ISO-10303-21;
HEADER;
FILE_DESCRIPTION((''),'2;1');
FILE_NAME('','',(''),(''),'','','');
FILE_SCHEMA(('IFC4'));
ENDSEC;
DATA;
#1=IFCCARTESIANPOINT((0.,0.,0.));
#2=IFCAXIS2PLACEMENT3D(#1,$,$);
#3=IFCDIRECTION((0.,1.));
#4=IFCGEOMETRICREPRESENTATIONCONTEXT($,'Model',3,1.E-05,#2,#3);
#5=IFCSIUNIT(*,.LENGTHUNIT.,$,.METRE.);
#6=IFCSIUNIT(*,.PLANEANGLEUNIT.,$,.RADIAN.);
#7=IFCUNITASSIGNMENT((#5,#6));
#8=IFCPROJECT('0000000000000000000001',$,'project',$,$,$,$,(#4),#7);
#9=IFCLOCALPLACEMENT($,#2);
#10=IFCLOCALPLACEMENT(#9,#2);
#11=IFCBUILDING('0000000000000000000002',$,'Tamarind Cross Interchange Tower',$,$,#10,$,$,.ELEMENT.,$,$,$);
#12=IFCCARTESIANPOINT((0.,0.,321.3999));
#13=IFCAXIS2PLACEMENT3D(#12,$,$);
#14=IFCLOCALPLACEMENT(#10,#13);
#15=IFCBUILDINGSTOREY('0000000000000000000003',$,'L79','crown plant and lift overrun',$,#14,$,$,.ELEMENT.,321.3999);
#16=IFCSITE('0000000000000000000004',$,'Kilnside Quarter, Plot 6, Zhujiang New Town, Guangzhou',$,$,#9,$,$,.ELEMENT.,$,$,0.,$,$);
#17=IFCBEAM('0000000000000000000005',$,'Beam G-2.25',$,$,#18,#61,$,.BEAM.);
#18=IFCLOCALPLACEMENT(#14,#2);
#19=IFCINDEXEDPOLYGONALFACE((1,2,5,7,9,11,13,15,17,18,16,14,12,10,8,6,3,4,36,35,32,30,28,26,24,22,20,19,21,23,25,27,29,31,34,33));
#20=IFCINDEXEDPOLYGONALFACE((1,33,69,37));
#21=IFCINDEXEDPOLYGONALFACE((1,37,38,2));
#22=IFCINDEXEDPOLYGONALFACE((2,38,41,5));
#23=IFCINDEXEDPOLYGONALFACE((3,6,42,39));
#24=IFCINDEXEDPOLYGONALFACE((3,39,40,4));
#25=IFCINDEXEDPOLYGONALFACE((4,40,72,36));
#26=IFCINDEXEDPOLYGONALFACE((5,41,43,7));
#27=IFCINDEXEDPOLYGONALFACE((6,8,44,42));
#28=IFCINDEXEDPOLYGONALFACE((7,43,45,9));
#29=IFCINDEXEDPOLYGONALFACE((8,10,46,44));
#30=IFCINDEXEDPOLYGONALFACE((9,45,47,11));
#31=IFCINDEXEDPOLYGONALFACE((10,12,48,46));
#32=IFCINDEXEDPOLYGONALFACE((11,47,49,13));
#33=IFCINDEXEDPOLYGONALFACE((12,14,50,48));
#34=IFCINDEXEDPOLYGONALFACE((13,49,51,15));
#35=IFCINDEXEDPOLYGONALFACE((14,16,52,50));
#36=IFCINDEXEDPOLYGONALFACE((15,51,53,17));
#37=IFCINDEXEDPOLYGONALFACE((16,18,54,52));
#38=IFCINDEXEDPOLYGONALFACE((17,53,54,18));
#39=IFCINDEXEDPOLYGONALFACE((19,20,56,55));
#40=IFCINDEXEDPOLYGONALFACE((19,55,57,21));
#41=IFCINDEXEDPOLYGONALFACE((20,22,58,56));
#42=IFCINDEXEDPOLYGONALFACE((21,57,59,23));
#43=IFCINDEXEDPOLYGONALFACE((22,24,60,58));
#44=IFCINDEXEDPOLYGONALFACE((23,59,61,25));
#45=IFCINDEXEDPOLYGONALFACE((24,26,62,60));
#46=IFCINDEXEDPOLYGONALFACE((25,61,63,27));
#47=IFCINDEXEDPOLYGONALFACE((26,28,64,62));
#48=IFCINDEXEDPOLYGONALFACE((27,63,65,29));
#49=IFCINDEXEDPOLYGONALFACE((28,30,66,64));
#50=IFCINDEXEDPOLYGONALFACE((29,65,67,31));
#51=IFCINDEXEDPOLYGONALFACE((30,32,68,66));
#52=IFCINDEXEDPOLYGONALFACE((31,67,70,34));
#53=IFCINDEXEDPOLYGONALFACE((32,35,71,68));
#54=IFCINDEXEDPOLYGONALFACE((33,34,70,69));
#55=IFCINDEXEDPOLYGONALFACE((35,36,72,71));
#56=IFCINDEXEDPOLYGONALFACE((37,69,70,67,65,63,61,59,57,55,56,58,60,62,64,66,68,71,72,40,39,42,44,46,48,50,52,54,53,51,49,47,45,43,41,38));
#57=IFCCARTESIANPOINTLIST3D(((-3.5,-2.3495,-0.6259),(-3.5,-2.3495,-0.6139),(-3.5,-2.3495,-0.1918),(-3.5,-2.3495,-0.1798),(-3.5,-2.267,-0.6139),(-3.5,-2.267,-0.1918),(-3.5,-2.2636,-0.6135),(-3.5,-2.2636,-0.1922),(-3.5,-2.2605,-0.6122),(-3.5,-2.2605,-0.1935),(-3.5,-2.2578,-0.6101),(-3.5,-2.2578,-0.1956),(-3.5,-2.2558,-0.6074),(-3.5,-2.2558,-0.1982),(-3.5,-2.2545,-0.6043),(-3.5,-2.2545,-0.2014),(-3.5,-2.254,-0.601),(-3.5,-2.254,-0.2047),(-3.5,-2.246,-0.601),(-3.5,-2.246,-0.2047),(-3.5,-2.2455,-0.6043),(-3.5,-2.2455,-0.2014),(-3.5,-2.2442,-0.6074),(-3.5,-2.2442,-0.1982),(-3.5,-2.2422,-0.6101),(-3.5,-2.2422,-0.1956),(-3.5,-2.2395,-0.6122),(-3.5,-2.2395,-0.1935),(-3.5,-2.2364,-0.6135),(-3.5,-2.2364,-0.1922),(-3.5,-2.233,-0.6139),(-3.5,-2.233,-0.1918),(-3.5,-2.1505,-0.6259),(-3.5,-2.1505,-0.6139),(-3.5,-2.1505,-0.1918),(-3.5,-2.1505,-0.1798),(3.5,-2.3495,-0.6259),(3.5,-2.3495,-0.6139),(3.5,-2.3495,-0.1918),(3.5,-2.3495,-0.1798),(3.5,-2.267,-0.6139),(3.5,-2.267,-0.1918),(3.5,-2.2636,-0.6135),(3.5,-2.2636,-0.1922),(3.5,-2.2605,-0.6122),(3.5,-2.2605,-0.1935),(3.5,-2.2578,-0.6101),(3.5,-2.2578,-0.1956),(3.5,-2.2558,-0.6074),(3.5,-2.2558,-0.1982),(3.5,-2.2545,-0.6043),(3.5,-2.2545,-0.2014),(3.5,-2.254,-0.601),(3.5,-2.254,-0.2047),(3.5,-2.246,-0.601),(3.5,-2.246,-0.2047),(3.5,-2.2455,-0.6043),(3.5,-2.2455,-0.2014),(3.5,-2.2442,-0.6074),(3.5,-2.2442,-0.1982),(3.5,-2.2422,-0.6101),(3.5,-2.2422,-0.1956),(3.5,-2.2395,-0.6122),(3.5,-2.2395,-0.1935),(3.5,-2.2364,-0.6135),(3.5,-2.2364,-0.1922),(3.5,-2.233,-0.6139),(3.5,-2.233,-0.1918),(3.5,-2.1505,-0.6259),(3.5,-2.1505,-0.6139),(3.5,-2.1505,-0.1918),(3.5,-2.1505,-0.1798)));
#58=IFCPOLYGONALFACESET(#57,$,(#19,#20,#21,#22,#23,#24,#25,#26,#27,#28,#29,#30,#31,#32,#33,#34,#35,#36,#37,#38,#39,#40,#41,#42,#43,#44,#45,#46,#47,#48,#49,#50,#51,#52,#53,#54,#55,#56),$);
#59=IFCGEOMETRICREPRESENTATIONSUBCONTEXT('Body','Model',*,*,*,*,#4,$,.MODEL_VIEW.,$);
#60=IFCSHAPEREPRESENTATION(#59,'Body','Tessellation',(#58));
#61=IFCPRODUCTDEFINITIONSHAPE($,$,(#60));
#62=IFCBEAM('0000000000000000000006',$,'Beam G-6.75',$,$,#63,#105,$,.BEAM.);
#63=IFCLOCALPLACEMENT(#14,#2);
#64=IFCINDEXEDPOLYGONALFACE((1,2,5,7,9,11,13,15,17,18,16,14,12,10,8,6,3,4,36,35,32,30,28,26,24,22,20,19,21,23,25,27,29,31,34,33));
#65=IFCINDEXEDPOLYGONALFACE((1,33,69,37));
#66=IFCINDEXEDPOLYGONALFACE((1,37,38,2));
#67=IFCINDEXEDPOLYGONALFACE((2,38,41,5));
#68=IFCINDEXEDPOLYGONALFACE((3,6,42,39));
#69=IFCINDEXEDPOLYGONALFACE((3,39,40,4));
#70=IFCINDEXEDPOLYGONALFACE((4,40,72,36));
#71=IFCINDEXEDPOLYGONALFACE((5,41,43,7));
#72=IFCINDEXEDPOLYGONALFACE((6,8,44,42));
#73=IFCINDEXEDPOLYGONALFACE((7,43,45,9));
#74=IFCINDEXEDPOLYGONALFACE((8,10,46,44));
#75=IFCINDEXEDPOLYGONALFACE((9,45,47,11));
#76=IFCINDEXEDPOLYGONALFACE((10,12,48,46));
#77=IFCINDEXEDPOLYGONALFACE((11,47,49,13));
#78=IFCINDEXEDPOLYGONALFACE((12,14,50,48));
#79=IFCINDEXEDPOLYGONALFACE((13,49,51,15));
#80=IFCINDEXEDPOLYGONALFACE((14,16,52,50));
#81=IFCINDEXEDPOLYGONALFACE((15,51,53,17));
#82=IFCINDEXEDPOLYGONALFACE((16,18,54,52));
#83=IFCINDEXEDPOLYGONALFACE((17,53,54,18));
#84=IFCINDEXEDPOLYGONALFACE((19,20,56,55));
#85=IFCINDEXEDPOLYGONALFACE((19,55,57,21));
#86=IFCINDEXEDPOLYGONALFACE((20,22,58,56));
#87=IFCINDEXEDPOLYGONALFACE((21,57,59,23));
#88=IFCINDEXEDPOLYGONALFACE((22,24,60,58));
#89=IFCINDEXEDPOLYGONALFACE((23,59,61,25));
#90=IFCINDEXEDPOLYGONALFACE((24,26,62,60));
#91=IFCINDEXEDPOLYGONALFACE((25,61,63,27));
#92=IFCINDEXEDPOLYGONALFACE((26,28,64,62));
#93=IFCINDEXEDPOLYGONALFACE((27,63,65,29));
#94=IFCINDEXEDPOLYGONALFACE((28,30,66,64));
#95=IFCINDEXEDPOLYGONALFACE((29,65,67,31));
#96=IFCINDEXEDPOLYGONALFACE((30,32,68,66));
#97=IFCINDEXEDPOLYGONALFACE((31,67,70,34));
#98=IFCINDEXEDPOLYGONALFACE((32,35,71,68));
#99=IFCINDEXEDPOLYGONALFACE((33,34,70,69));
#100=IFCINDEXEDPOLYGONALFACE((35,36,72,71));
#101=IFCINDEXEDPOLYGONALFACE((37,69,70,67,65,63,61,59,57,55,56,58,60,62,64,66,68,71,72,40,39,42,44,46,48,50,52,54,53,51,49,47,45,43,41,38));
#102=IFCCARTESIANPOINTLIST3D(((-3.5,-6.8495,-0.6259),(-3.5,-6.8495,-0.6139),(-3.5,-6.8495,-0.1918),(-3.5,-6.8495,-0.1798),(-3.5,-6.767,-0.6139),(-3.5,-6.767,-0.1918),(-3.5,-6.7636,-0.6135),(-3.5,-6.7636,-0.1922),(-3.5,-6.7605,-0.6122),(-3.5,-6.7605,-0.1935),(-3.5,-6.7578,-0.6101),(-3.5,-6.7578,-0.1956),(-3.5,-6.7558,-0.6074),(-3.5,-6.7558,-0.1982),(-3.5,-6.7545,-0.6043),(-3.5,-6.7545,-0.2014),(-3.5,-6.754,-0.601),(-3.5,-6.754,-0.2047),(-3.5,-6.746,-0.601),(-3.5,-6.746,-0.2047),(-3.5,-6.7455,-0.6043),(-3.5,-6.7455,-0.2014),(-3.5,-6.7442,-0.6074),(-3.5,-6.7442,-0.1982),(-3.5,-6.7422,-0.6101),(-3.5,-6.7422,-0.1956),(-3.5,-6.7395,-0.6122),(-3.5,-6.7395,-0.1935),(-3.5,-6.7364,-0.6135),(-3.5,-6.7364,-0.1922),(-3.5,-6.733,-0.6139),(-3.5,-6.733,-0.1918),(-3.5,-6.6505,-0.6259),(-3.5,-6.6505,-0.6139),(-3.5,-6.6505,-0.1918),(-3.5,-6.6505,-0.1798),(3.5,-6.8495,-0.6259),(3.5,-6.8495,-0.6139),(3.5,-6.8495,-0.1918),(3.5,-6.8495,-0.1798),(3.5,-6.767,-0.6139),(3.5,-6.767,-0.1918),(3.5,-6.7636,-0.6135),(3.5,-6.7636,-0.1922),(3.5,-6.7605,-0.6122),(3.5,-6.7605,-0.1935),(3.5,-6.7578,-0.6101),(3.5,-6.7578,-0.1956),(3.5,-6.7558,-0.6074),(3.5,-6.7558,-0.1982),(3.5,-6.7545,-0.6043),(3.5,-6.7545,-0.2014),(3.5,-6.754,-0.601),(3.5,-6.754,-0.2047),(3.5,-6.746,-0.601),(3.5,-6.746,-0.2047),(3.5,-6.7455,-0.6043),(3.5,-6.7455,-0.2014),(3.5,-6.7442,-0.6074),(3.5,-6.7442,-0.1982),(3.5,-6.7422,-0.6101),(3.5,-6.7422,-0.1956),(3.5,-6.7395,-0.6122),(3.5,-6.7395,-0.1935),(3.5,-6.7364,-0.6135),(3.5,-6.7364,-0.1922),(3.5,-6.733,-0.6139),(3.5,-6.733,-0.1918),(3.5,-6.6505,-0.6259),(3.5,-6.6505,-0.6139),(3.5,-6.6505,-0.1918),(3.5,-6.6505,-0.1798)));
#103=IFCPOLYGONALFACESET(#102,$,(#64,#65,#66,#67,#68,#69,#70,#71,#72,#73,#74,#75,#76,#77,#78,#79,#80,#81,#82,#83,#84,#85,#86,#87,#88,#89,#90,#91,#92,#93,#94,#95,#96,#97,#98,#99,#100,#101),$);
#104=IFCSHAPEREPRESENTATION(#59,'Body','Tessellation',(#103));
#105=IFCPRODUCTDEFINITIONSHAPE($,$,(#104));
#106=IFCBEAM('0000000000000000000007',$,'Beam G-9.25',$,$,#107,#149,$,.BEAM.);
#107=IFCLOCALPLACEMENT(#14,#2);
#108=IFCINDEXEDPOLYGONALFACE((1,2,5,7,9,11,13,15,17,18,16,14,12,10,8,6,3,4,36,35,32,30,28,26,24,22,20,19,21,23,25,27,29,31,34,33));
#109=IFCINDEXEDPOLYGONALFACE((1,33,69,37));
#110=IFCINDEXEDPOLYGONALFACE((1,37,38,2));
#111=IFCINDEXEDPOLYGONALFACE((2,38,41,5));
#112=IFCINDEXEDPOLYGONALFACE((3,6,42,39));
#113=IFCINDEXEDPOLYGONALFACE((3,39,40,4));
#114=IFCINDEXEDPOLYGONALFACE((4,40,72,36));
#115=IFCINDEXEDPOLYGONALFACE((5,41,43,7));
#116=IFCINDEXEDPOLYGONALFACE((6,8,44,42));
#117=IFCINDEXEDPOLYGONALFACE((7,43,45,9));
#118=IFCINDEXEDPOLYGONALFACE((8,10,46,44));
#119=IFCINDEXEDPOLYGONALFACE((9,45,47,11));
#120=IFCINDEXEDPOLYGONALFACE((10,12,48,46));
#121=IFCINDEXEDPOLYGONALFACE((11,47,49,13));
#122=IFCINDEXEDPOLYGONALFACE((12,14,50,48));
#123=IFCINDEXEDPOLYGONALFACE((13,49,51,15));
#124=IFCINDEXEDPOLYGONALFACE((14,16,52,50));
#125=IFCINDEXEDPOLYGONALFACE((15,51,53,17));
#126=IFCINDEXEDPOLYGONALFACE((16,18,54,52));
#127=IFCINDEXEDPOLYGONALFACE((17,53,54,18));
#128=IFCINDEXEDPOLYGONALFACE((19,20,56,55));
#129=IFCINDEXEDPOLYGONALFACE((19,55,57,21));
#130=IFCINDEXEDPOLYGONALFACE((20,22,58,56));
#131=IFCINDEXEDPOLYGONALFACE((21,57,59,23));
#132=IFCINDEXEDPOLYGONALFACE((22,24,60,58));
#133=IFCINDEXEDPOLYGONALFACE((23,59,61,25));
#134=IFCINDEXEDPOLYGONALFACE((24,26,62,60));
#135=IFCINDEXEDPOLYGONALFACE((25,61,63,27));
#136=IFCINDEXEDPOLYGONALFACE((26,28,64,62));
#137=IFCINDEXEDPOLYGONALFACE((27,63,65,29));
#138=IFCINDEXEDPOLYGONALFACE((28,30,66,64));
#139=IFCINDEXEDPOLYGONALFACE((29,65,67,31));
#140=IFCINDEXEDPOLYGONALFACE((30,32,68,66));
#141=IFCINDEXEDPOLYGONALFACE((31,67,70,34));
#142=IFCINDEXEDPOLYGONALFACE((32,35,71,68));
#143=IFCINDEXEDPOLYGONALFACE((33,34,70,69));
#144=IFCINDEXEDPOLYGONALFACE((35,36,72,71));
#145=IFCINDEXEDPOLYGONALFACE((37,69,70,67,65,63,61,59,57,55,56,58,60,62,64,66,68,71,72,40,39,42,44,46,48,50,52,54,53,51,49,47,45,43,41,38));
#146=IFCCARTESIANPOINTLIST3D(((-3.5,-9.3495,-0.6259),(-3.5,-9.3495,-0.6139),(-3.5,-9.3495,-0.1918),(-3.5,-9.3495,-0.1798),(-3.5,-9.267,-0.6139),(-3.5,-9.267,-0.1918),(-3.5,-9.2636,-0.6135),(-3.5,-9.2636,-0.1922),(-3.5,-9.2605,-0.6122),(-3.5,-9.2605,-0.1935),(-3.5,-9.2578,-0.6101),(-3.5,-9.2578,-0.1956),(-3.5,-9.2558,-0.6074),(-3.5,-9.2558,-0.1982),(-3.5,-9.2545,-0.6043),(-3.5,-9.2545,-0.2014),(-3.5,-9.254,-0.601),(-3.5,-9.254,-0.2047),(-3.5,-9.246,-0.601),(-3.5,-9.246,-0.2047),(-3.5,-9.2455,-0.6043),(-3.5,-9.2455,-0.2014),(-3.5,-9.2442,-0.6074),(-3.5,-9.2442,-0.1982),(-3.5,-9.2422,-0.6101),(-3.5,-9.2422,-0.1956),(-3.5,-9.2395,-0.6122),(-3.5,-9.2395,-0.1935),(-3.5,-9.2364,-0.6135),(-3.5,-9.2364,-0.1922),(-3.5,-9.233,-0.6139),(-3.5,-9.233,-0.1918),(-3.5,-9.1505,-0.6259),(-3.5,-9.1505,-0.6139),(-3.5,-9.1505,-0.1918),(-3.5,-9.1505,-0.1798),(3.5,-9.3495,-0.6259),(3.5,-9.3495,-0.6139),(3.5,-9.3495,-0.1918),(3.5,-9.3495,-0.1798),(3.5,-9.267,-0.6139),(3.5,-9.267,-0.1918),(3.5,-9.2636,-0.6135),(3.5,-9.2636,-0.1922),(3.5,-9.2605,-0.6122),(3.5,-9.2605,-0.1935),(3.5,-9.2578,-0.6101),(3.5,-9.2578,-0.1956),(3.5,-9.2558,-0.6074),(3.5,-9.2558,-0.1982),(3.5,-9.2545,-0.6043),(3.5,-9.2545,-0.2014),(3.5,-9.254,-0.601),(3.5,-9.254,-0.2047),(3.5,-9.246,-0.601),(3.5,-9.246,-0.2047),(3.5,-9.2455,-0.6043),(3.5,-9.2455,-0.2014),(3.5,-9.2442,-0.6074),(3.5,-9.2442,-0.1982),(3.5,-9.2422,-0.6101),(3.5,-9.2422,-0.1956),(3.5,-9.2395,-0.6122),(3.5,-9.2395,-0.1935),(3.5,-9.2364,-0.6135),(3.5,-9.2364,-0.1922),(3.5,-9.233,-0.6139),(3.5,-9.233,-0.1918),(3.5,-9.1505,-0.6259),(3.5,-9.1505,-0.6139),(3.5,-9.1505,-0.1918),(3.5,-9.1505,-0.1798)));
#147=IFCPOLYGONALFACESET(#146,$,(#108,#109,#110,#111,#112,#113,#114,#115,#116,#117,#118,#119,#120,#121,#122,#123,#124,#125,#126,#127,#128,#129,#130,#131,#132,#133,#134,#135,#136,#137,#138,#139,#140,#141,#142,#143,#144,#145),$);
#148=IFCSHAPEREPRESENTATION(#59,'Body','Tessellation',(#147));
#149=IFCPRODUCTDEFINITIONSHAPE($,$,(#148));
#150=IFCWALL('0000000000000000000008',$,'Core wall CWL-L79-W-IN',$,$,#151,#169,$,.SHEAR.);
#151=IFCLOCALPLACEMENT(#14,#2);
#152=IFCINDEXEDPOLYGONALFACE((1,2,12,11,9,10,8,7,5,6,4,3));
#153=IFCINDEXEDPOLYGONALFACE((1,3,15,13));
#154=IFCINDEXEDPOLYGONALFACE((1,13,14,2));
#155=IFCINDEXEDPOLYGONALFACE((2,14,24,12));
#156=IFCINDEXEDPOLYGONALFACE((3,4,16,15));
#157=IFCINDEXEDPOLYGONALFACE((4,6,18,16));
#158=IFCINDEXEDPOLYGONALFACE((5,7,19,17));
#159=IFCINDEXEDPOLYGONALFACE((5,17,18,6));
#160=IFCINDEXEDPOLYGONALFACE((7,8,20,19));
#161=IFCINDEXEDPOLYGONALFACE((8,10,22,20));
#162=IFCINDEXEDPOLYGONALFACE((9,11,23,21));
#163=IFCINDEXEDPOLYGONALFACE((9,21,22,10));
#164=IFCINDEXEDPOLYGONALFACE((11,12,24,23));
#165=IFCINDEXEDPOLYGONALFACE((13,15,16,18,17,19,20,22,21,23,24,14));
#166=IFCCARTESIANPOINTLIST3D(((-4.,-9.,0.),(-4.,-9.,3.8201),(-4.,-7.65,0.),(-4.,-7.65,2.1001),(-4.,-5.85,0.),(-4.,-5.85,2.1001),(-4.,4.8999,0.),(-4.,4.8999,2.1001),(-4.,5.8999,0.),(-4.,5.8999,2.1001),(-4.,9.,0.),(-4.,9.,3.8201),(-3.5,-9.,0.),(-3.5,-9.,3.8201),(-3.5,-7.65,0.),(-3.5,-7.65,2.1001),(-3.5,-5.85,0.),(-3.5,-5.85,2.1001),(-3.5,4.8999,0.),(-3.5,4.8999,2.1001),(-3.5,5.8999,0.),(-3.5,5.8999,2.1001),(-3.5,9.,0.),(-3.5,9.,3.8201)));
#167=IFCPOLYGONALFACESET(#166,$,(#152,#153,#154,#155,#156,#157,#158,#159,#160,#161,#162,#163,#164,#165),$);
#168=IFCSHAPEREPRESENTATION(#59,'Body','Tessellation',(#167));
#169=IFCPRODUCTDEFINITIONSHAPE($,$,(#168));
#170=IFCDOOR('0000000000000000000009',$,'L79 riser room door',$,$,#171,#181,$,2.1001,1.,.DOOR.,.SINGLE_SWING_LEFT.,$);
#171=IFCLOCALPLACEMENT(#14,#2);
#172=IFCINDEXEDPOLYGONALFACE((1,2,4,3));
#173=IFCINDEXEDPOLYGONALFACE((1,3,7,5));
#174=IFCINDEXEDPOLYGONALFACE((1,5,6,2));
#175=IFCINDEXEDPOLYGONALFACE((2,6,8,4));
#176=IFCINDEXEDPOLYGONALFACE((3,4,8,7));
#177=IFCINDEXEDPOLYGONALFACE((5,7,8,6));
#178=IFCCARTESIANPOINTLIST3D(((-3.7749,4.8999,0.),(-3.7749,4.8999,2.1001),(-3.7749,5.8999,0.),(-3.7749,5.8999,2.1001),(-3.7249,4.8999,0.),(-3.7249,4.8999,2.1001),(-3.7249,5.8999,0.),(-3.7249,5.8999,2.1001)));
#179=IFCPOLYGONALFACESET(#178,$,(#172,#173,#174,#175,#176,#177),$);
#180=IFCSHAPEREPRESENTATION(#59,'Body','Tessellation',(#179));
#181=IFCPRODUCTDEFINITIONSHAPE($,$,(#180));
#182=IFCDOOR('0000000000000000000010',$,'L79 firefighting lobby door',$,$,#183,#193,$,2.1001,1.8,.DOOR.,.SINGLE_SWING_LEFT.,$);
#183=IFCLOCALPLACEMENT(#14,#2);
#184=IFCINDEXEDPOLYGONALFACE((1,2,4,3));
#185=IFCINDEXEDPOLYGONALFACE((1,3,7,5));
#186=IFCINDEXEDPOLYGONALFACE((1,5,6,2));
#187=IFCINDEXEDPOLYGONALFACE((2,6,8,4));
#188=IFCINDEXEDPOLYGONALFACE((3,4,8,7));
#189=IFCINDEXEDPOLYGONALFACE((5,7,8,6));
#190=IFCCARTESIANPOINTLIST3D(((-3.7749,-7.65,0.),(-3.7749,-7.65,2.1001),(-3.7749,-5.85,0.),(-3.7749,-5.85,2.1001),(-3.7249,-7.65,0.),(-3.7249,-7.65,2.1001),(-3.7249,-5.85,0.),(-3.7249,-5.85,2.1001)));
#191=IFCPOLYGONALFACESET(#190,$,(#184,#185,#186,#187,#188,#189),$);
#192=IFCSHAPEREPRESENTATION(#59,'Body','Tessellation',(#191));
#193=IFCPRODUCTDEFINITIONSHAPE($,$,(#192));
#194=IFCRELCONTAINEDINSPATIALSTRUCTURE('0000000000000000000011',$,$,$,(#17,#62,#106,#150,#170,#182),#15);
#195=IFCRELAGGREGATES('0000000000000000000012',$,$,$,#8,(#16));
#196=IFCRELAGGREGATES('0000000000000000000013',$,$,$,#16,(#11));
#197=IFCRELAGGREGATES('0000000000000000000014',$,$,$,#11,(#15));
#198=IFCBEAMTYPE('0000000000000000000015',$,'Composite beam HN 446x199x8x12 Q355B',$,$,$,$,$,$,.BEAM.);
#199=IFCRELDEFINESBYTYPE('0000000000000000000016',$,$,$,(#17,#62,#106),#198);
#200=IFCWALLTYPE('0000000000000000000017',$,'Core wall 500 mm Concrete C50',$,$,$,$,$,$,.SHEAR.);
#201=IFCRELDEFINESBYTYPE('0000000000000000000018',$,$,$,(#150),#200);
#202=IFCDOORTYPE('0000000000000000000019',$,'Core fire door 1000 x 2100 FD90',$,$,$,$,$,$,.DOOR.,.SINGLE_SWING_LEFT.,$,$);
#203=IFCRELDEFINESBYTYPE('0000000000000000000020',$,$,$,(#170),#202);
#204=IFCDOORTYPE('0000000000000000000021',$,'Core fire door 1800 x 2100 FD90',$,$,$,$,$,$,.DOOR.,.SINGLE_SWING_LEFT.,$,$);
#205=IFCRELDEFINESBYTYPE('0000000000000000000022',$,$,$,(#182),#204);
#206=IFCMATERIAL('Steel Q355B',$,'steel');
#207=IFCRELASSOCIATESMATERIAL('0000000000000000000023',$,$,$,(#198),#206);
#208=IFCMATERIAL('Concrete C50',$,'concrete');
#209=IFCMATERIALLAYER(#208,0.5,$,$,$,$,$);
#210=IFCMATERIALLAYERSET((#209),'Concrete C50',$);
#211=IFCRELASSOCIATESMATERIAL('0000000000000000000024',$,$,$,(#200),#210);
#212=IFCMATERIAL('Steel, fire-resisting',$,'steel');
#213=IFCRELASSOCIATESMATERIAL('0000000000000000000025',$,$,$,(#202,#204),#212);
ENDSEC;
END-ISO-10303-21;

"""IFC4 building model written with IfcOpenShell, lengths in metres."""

from ifc_helpers import new_model, si_unit, direction, frame, frame_2d, origin, origin_2d, place, context, subcontext, project, spatial, rectangle, i_section, extrude, material, layer, layer_set, material_profile, profile_set, type_object, element, fill, save


model = new_model("IFC4")

# Units and contexts
model_context = context("Model", 3, precision=1e-05, world=origin(), true_north=direction((0.0, 1.0)))
body_context = subcontext(model_context, "Body", "Model", "MODEL_VIEW")
ifc_project = project(units=[si_unit("LENGTHUNIT", "METRE"), si_unit("PLANEANGLEUNIT", "RADIAN")], contexts=[model_context])

# Site, building, storey
site_placement = place(None, origin())
site = spatial("IfcSite", under=ifc_project, at=site_placement, Name="Kilnside Quarter, Plot 6, Zhujiang New Town, Guangzhou", CompositionType="ELEMENT", RefElevation=0.0)
building_placement = place(site_placement, origin())
building = spatial("IfcBuilding", under=site, at=building_placement, Name="Tamarind Cross Interchange Tower", CompositionType="ELEMENT")
storey_placement = place(building_placement, frame((0.0, 0.0, 321.3999)))
storey = spatial("IfcBuildingStorey", under=building, at=storey_placement, Name="L79", Description="crown plant and lift overrun", CompositionType="ELEMENT", Elevation=321.3999)

# Beams
ifc_material_1 = material(Name="Steel Q355B", Category="steel")
ifc_material_profile = material_profile(ifc_material_1, i_section(OverallWidth=0.199, OverallDepth=0.446, WebThickness=0.0081, FlangeThickness=0.012, FilletRadius=0.0129, at=origin_2d()), Name="HN 446x199x8x12")
ifc_profile_set = profile_set([ifc_material_profile], Name="Steel Q355B")
beam_type = type_object("IfcBeamType", Name="Composite beam HN 446x199x8x12 Q355B", PredefinedType="BEAM", material=ifc_profile_set)
for number, where, z_axis, x_axis, name in (
    (1, (-3.5, -2.25, -0.4028), (1.0, 0.0, 0.0), (0.0, 1.0, 0.0), "Beam G-2.25"),
    (2, (-3.5, -6.75, -0.4028), (1.0, 0.0, 0.0), (0.0, 1.0, 0.0), "Beam G-6.75"),
    (3, (-3.5, -9.25, -0.4028), (1.0, 0.0, 0.0), (0.0, 1.0, 0.0), "Beam G-9.25"),
):
    element("IfcBeam", number, at=place(storey_placement, frame(where, z_axis=z_axis, x_axis=x_axis)), inside=storey, type_object=beam_type, Name=name, PredefinedType="BEAM", context=body_context, shape_type="SweptSolid", body=[
        extrude(i_section(OverallWidth=0.199, OverallDepth=0.446, WebThickness=0.0081, FlangeThickness=0.012, FilletRadius=0.0129, at=origin_2d()), origin(), (0.0, 0.0, 1.0), 7.0),
    ])

# Wall, openings, doors
ifc_material_2 = material(Name="Concrete C50", Category="concrete")
ifc_layer_1 = layer(ifc_material_2, 0.5)
ifc_layer_set_1 = layer_set([ifc_layer_1], Name="Concrete C50")
wall_type_1 = type_object("IfcWallType", Name="Core wall 500 mm Concrete C50", PredefinedType="SHEAR", material=ifc_layer_set_1)
wall_1_placement = place(storey_placement, frame((-3.75, -9.0, 0.0), z_axis=(0.0, 0.0, 1.0), x_axis=(0.0, 1.0, 0.0)))
wall_1 = element("IfcWall", 4, at=wall_1_placement, inside=storey, type_object=wall_type_1, Name="Core wall CWL-L79-W-IN", PredefinedType="SHEAR", context=body_context, shape_type="SweptSolid", body=[
    extrude(rectangle(XDim=18.0, YDim=0.5, at=frame_2d((9.0, 0.0))), origin(), (0.0, 0.0, 1.0), 3.8201),
])
opening_1_placement = place(wall_1_placement, frame((1.3501, 0.0, 0.0)))
opening_1 = element("IfcOpeningElement", 5, at=opening_1_placement, cuts=wall_1, PredefinedType="OPENING", context=body_context, shape_type="SweptSolid", body=[
    extrude(rectangle(XDim=1.8, YDim=2.1001, at=frame_2d((0.8999, 1.05))), frame((0.0, 0.26, 0.0), z_axis=(0.0, -1.0, 0.0), x_axis=(1.0, 0.0, 0.0)), (0.0, 0.0, 1.0), 0.52),
])
opening_2_placement = place(wall_1_placement, frame((13.8999, 0.0, 0.0)))
opening_2 = element("IfcOpeningElement", 6, at=opening_2_placement, cuts=wall_1, PredefinedType="OPENING", context=body_context, shape_type="SweptSolid", body=[
    extrude(rectangle(XDim=1.0, YDim=2.1001, at=frame_2d((0.5, 1.05))), frame((0.0, 0.26, 0.0), z_axis=(0.0, -1.0, 0.0), x_axis=(1.0, 0.0, 0.0)), (0.0, 0.0, 1.0), 0.52),
])
ifc_material_3 = material(Name="Steel, fire-resisting", Category="steel")
door_type_1 = type_object("IfcDoorType", Name="Core fire door 1000 x 2100 FD90", OperationType="SINGLE_SWING_LEFT", PredefinedType="DOOR", material=ifc_material_3)
door_1_placement = place(opening_2_placement, origin())
door_1 = element("IfcDoor", 7, at=door_1_placement, inside=storey, type_object=door_type_1, Name="L79 riser room door", OperationType="SINGLE_SWING_LEFT", OverallHeight=2.1001, OverallWidth=1.0, PredefinedType="DOOR", context=body_context, shape_type="SweptSolid", body=[
    extrude(rectangle(XDim=1.0, YDim=2.1001, at=frame_2d((0.5, 1.05))), frame((0.0, 0.0249, 0.0), z_axis=(0.0, -1.0, 0.0), x_axis=(1.0, 0.0, 0.0)), (0.0, 0.0, 1.0), 0.05),
])
fill(opening_2, door_1)
door_type_2 = type_object("IfcDoorType", Name="Core fire door 1800 x 2100 FD90", OperationType="SINGLE_SWING_LEFT", PredefinedType="DOOR", material=ifc_material_3)
door_2_placement = place(opening_1_placement, origin())
door_2 = element("IfcDoor", 8, at=door_2_placement, inside=storey, type_object=door_type_2, Name="L79 firefighting lobby door", OperationType="SINGLE_SWING_LEFT", OverallHeight=2.1001, OverallWidth=1.8, PredefinedType="DOOR", context=body_context, shape_type="SweptSolid", body=[
    extrude(rectangle(XDim=1.8, YDim=2.1001, at=frame_2d((0.8999, 1.05))), frame((0.0, 0.0249, 0.0), z_axis=(0.0, -1.0, 0.0), x_axis=(1.0, 0.0, 0.0)), (0.0, 0.0, 1.0), 0.05),
])
fill(opening_1, door_2)

save(model, "model.ifc")
